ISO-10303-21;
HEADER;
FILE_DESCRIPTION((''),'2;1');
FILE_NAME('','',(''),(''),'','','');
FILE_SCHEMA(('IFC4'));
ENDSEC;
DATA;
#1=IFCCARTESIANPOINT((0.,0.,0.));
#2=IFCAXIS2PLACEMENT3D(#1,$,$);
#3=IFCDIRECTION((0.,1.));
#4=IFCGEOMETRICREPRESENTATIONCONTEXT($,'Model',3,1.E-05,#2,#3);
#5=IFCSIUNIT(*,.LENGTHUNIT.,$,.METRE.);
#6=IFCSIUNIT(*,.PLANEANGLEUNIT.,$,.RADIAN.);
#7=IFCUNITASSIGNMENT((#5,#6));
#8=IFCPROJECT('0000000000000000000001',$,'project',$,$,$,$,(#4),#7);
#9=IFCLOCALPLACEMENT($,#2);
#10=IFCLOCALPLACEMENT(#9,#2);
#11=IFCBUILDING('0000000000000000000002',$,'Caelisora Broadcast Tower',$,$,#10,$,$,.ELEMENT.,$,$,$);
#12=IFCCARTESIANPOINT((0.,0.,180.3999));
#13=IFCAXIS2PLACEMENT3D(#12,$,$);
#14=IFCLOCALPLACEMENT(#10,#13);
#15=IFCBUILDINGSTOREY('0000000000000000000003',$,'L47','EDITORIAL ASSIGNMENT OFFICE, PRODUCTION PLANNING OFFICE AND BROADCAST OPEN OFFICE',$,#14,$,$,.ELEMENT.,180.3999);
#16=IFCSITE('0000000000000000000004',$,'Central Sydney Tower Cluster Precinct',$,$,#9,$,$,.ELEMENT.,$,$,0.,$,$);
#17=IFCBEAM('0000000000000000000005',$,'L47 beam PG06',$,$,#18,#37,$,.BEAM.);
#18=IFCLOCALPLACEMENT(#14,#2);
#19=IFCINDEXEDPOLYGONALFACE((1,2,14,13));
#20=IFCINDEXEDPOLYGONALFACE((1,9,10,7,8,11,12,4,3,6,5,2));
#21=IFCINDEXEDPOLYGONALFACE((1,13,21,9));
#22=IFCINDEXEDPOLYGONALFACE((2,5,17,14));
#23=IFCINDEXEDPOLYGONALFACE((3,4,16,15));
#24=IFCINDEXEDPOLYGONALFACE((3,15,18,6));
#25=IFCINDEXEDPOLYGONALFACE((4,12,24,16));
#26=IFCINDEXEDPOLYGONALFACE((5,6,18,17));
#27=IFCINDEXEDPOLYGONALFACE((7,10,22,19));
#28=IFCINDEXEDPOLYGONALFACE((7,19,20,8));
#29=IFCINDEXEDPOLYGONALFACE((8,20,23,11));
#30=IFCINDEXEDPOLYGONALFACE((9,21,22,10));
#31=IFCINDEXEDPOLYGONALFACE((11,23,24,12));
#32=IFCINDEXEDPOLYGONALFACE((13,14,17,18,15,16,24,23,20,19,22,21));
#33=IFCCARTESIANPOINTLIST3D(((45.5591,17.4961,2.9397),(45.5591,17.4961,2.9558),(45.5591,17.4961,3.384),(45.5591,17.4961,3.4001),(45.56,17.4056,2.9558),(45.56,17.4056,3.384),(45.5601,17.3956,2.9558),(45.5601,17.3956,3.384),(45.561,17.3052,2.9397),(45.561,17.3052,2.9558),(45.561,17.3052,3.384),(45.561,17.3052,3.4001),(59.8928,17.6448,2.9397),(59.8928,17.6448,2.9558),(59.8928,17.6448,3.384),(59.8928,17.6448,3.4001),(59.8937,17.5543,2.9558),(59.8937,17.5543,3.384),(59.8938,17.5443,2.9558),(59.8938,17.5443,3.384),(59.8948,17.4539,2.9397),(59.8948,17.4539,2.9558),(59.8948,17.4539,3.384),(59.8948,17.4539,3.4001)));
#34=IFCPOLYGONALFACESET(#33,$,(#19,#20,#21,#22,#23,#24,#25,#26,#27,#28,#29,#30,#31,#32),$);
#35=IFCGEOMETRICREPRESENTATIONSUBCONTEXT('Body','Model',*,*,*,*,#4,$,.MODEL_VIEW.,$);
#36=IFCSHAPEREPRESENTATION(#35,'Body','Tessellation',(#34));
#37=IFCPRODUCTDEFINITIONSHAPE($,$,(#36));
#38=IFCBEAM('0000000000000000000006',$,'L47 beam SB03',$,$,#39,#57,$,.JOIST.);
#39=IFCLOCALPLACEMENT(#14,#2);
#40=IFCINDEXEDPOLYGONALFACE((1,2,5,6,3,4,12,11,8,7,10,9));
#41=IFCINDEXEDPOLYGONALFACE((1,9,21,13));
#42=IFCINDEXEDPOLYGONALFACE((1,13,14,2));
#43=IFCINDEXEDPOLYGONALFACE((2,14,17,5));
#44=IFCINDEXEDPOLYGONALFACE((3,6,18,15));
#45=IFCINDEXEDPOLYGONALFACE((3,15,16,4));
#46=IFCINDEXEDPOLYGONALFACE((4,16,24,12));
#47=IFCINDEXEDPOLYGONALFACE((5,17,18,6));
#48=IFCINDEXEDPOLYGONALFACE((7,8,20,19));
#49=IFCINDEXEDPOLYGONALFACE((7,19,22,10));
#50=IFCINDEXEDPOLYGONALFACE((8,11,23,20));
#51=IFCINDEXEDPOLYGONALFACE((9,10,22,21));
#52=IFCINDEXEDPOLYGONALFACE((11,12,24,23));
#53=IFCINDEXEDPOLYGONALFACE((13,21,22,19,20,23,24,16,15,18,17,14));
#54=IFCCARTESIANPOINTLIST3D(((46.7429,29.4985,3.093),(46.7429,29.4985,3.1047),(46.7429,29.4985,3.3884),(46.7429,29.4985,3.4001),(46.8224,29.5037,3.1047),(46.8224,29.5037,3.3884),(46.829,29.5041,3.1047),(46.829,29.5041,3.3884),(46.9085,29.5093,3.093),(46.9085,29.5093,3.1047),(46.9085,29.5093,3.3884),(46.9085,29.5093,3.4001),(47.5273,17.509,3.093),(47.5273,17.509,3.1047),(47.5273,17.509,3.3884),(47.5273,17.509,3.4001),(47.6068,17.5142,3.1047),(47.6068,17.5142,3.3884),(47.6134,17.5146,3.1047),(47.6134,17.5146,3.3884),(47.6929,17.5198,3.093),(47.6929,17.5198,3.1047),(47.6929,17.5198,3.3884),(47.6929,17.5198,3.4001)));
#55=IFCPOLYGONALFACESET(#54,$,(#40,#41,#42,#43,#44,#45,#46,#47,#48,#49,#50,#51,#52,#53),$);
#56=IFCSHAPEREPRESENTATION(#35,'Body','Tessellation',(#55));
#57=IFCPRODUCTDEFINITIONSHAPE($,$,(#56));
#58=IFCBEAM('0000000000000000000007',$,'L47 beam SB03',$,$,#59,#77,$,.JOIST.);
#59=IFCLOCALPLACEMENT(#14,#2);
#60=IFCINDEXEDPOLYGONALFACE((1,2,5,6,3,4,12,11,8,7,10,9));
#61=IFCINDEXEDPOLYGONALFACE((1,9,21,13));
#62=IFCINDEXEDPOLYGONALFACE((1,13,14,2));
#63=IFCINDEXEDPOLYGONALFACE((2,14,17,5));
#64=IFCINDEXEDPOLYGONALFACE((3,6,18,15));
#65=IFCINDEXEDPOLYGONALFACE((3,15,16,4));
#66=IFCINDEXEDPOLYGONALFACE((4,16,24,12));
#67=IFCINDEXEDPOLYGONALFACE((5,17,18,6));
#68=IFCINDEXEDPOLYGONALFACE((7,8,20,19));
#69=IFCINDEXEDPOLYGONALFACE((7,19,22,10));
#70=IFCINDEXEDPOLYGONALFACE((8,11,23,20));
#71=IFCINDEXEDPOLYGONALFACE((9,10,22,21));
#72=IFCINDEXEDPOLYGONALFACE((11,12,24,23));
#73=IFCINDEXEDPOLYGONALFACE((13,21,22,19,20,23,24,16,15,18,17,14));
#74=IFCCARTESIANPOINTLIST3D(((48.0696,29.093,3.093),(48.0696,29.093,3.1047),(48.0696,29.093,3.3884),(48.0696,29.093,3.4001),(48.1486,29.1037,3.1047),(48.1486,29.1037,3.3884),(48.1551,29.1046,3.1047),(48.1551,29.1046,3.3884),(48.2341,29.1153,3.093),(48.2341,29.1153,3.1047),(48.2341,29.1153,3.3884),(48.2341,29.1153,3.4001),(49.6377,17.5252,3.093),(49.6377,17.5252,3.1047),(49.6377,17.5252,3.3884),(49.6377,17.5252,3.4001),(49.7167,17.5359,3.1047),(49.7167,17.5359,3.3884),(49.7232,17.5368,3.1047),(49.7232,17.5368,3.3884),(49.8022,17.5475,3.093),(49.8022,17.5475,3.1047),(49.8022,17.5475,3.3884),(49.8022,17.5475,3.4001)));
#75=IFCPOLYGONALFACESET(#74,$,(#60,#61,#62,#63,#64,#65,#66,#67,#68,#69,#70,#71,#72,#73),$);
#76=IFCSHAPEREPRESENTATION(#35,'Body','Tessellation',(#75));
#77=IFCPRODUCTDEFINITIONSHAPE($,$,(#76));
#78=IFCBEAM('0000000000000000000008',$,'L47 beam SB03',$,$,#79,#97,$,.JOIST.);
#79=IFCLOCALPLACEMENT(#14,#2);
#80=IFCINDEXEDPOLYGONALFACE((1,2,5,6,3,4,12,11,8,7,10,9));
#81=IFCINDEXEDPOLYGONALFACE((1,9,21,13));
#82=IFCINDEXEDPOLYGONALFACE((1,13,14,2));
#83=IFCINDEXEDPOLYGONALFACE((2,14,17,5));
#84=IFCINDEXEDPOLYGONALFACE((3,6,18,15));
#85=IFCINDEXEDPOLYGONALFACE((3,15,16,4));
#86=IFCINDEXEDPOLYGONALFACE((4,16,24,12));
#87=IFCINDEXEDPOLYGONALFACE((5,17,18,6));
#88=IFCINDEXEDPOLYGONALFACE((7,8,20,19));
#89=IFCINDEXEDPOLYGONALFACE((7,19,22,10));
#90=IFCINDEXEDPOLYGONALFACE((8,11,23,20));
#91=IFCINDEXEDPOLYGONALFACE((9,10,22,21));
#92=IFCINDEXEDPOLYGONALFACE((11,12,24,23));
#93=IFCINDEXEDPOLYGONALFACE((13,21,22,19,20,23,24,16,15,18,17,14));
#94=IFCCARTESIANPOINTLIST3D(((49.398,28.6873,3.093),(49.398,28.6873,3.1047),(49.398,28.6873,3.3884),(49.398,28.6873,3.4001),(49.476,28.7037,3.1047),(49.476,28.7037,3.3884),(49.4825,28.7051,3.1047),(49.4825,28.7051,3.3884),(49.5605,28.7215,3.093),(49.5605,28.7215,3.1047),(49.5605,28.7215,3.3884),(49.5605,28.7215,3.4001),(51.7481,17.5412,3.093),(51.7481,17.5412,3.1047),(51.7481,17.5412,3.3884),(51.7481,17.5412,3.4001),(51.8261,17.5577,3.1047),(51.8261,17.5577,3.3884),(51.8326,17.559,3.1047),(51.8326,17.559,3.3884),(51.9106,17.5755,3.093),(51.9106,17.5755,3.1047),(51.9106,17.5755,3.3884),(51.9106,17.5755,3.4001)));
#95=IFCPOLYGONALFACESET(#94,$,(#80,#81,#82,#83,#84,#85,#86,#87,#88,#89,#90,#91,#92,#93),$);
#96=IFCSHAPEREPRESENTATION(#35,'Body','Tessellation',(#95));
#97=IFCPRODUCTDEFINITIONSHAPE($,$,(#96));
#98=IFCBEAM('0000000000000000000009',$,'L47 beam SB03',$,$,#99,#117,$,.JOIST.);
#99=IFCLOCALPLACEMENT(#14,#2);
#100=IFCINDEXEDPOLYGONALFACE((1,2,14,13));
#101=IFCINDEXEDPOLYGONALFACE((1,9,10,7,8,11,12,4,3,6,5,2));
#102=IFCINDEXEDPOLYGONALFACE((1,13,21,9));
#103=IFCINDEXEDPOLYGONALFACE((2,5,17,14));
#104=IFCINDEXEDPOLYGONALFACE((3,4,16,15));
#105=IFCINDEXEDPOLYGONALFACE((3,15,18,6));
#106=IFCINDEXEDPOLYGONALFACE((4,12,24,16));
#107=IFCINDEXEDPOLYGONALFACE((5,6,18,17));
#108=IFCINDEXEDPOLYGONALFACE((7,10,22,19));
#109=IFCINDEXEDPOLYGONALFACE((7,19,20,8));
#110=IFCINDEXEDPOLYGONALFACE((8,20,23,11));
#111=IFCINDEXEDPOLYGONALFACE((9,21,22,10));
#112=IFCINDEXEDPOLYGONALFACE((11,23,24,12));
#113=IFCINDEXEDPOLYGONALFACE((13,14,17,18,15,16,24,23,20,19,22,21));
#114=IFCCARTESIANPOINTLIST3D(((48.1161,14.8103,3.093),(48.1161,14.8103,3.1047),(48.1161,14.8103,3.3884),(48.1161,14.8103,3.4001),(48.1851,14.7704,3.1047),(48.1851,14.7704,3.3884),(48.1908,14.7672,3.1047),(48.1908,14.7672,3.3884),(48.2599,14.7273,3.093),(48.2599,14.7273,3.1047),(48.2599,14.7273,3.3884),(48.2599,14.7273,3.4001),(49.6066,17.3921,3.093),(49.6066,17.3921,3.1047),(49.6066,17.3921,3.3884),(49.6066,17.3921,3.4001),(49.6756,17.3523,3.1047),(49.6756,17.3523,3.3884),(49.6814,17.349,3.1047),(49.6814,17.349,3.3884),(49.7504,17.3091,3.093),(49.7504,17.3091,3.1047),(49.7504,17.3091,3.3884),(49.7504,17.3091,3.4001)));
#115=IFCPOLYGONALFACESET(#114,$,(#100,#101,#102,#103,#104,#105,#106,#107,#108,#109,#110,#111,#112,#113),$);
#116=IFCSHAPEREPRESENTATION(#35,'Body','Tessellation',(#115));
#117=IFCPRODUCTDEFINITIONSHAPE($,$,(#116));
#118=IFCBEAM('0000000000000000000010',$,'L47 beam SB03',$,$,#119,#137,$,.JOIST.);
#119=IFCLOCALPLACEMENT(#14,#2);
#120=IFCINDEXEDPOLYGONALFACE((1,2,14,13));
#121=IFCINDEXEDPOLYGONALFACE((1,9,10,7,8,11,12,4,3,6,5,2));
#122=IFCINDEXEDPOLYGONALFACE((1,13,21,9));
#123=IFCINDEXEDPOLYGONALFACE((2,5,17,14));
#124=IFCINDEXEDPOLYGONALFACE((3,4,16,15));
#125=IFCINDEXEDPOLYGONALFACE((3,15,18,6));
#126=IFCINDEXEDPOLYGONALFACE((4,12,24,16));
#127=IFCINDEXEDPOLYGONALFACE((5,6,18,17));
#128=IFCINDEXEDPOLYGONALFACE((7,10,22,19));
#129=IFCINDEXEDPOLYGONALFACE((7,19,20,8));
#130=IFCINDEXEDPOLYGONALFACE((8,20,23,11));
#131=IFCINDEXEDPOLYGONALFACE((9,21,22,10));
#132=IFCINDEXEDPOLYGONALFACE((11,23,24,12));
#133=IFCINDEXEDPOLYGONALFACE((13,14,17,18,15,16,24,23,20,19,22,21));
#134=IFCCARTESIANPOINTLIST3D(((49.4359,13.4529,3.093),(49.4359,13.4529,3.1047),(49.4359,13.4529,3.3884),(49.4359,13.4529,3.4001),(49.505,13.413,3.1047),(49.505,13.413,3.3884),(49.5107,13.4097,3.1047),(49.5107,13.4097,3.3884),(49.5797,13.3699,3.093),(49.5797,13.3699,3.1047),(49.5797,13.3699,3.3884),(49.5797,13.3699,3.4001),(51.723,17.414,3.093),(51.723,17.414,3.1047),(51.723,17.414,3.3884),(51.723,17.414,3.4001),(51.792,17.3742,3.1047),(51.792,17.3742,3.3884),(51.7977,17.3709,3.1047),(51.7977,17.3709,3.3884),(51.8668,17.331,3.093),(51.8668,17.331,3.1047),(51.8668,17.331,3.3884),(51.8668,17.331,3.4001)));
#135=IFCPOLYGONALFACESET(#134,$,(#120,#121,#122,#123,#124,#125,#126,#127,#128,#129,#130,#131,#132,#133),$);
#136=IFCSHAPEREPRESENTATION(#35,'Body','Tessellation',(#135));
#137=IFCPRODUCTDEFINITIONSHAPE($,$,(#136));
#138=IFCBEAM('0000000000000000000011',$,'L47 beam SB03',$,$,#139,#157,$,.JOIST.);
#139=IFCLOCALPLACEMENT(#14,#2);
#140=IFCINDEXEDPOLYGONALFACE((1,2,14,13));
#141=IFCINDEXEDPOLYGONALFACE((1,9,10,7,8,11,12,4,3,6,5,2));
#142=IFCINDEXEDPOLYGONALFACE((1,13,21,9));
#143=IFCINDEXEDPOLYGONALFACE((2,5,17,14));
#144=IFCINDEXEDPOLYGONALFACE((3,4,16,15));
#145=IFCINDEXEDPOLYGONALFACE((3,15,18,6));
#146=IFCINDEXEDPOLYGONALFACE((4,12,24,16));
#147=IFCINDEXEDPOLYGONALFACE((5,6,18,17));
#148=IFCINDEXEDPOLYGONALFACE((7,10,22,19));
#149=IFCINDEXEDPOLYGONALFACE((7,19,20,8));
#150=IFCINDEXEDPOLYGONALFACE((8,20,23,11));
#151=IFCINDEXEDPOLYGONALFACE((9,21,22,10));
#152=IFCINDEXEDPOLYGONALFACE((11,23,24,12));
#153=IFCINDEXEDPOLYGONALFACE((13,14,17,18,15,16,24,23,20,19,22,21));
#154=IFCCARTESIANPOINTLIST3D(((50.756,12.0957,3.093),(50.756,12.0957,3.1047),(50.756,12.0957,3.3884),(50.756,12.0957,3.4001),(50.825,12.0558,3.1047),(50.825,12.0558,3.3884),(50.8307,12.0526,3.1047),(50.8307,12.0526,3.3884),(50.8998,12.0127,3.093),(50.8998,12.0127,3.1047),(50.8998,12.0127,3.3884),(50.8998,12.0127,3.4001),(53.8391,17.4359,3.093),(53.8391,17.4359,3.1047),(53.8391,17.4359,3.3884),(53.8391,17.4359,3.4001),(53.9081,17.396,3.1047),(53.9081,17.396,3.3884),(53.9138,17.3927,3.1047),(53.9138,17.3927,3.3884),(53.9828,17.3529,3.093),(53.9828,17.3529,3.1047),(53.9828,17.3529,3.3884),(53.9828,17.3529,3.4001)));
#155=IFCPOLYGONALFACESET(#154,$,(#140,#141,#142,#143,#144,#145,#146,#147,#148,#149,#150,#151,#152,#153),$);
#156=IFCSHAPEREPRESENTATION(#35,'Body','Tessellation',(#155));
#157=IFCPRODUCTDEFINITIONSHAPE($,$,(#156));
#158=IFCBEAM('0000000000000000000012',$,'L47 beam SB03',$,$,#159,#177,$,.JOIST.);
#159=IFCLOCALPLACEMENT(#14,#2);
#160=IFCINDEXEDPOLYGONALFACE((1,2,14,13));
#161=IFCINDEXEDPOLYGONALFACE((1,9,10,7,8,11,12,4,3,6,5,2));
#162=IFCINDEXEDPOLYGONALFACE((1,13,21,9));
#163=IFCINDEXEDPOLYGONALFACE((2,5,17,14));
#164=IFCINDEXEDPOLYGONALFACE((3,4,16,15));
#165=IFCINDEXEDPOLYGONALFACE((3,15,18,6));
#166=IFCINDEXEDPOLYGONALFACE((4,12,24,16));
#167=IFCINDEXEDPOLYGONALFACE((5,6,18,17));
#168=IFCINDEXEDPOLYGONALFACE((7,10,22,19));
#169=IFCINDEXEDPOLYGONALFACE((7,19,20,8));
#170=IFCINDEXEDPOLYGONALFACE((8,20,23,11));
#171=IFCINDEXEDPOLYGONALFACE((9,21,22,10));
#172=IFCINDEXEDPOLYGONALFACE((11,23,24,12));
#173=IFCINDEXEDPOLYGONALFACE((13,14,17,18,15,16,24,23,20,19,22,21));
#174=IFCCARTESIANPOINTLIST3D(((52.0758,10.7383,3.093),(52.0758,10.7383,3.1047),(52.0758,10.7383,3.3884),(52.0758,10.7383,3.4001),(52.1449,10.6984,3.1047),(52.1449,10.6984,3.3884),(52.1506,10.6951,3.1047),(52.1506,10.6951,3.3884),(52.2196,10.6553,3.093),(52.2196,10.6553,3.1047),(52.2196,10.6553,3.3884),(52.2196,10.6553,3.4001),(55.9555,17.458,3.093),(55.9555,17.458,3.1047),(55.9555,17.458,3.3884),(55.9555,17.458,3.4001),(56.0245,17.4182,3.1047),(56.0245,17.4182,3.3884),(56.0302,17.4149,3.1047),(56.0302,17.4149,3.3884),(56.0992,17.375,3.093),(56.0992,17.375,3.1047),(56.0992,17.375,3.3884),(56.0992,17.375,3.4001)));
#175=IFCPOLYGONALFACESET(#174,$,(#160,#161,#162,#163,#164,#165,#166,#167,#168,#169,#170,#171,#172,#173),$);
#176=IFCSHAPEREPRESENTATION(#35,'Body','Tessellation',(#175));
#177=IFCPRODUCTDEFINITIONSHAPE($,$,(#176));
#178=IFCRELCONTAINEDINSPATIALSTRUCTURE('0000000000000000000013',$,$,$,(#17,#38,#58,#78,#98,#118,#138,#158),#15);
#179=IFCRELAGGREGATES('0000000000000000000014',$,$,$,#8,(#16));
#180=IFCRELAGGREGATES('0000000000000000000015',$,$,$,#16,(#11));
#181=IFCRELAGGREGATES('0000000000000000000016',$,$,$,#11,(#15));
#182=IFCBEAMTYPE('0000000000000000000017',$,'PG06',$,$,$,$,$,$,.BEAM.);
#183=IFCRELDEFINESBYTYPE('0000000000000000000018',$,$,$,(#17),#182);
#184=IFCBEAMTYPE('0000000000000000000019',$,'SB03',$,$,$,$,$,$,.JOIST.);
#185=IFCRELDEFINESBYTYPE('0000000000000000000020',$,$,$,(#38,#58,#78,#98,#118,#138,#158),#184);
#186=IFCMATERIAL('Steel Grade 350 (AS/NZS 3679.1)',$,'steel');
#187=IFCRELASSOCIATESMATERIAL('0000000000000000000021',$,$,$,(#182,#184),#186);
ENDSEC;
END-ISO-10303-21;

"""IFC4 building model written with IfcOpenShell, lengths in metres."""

from ifc_helpers import new_model, si_unit, direction, frame, origin, origin_2d, place, context, subcontext, project, spatial, i_section, extrude, source, transform, mapped, material, material_profile, profile_set, type_object, type_shapes, element, save


model = new_model("IFC4")

# Units and contexts
model_context = context("Model", 3, precision=1e-05, world=origin(), true_north=direction((0.0, 1.0)))
body_context = subcontext(model_context, "Body", "Model", "MODEL_VIEW")
ifc_project = project(units=[si_unit("LENGTHUNIT", "METRE"), si_unit("PLANEANGLEUNIT", "RADIAN")], contexts=[model_context])

# Site, building, storey
site_placement = place(None, origin())
site = spatial("IfcSite", under=ifc_project, at=site_placement, Name="Central Sydney Tower Cluster Precinct", CompositionType="ELEMENT", RefElevation=0.0)
building_placement = place(site_placement, origin())
building = spatial("IfcBuilding", under=site, at=building_placement, Name="Caelisora Broadcast Tower", CompositionType="ELEMENT")
storey_placement = place(building_placement, frame((0.0, 0.0, 180.3999)))
storey = spatial("IfcBuildingStorey", under=building, at=storey_placement, Name="L47", Description="EDITORIAL ASSIGNMENT OFFICE, PRODUCTION PLANNING OFFICE AND BROADCAST OPEN OFFICE", CompositionType="ELEMENT", Elevation=180.3999)

# Beams
ifc_material_1 = material(Name="Steel Grade 350 (AS/NZS 3679.1)", Category="steel")
ifc_material_profile_1 = material_profile(ifc_material_1, i_section(OverallWidth=0.1909, OverallDepth=0.4604, WebThickness=0.01, FlangeThickness=0.0161, at=origin_2d()), Name="Steel Grade 350 (AS/NZS 3679.1)")
ifc_profile_set_1 = profile_set([ifc_material_profile_1], Name="Steel Grade 350 (AS/NZS 3679.1)")
beam_type_1 = type_object("IfcBeamType", Name="PG06", PredefinedType="BEAM", material=ifc_profile_set_1)
shared_shape_1 = source(origin(), body_context, "Body", "SweptSolid", [
    extrude(i_section(OverallWidth=0.1909, OverallDepth=0.4604, WebThickness=0.01, FlangeThickness=0.0161, at=origin_2d()), origin(), (0.0, 0.0, 1.0), 14.3345),
])
type_shapes(beam_type_1, [shared_shape_1])
beam_1_placement = place(storey_placement, frame((45.5601, 17.4006, 3.1699), z_axis=(0.999946, 0.010372, 0.0), x_axis=(-0.010372, 0.999946, 0.0)))
element("IfcBeam", 1, at=beam_1_placement, inside=storey, type_object=beam_type_1, Name="L47 beam PG06", PredefinedType="BEAM", context=body_context, shape_type="MappedRepresentation", body=[
    mapped(shared_shape_1, transform((0.0, 0.0, 0.0), scale=1.0)),
])
ifc_material_profile_2 = material_profile(ifc_material_1, i_section(OverallWidth=0.166, OverallDepth=0.3071, WebThickness=0.0066, FlangeThickness=0.0117, at=origin_2d()), Name="Steel Grade 350 (AS/NZS 3679.1)")
ifc_profile_set_2 = profile_set([ifc_material_profile_2], Name="Steel Grade 350 (AS/NZS 3679.1)")
beam_type_2 = type_object("IfcBeamType", Name="SB03", PredefinedType="JOIST", material=ifc_profile_set_2)
shared_shape_2 = source(origin(), body_context, "Body", "SweptSolid", [
    extrude(i_section(OverallWidth=0.166, OverallDepth=0.3071, WebThickness=0.0066, FlangeThickness=0.0117, at=origin_2d()), origin(), (0.0, 0.0, 1.0), 12.0151),
])
beam_2_placement = place(storey_placement, frame((47.6101, 17.5144, 3.2466), z_axis=(-0.065286, 0.997867, 0.0), x_axis=(-0.997867, -0.065286, 0.0)))
element("IfcBeam", 2, at=beam_2_placement, inside=storey, type_object=beam_type_2, Name="L47 beam SB03", PredefinedType="JOIST", context=body_context, shape_type="MappedRepresentation", body=[
    mapped(shared_shape_2, transform((0.0, 0.0, 0.0), scale=1.0)),
])
shared_shape_3 = source(origin(), body_context, "Body", "SweptSolid", [
    extrude(i_section(OverallWidth=0.166, OverallDepth=0.3071, WebThickness=0.0066, FlangeThickness=0.0117, at=origin_2d()), origin(), (0.0, 0.0, 1.0), 11.6736),
])
beam_3_placement = place(storey_placement, frame((49.72, 17.5364, 3.2466), z_axis=(-0.134329, 0.990937, 0.0), x_axis=(-0.990937, -0.134329, 0.0)))
element("IfcBeam", 3, at=beam_3_placement, inside=storey, type_object=beam_type_2, Name="L47 beam SB03", PredefinedType="JOIST", context=body_context, shape_type="MappedRepresentation", body=[
    mapped(shared_shape_3, transform((0.0, 0.0, 0.0), scale=1.0)),
])
shared_shape_4 = source(origin(), body_context, "Body", "SweptSolid", [
    extrude(i_section(OverallWidth=0.166, OverallDepth=0.3071, WebThickness=0.0066, FlangeThickness=0.0117, at=origin_2d()), origin(), (0.0, 0.0, 1.0), 11.3911),
])
beam_4_placement = place(storey_placement, frame((51.8293, 17.5583, 3.2466), z_axis=(-0.206311, 0.978487, 0.0), x_axis=(-0.978487, -0.206311, 0.0)))
element("IfcBeam", 4, at=beam_4_placement, inside=storey, type_object=beam_type_2, Name="L47 beam SB03", PredefinedType="JOIST", context=body_context, shape_type="MappedRepresentation", body=[
    mapped(shared_shape_4, transform((0.0, 0.0, 0.0), scale=1.0)),
])
shared_shape_5 = source(origin(), body_context, "Body", "SweptSolid", [
    extrude(i_section(OverallWidth=0.166, OverallDepth=0.3071, WebThickness=0.0066, FlangeThickness=0.0117, at=origin_2d()), origin(), (0.0, 0.0, 1.0), 2.9812),
])
beam_5_placement = place(storey_placement, frame((48.188, 14.7688, 3.2466), z_axis=(0.499971, 0.866042, 0.0), x_axis=(-0.866042, 0.499971, 0.0)))
element("IfcBeam", 5, at=beam_5_placement, inside=storey, type_object=beam_type_2, Name="L47 beam SB03", PredefinedType="JOIST", context=body_context, shape_type="MappedRepresentation", body=[
    mapped(shared_shape_5, transform((0.0, 0.0, 0.0), scale=1.0)),
])
shared_shape_6 = source(origin(), body_context, "Body", "SweptSolid", [
    extrude(i_section(OverallWidth=0.166, OverallDepth=0.3071, WebThickness=0.0066, FlangeThickness=0.0117, at=origin_2d()), origin(), (0.0, 0.0, 1.0), 4.574),
])
beam_6_placement = place(storey_placement, frame((49.5078, 13.4114, 3.2466), z_axis=(0.50002, 0.866014, 0.0), x_axis=(-0.866014, 0.50002, 0.0)))
element("IfcBeam", 6, at=beam_6_placement, inside=storey, type_object=beam_type_2, Name="L47 beam SB03", PredefinedType="JOIST", context=body_context, shape_type="MappedRepresentation", body=[
    mapped(shared_shape_6, transform((0.0, 0.0, 0.0), scale=1.0)),
])
shared_shape_7 = source(origin(), body_context, "Body", "SweptSolid", [
    extrude(i_section(OverallWidth=0.166, OverallDepth=0.3071, WebThickness=0.0066, FlangeThickness=0.0117, at=origin_2d()), origin(), (0.0, 0.0, 1.0), 6.1663),
])
beam_7_placement = place(storey_placement, frame((50.8279, 12.0542, 3.2466), z_axis=(0.499989, 0.866032, 0.0), x_axis=(-0.866032, 0.499989, 0.0)))
element("IfcBeam", 7, at=beam_7_placement, inside=storey, type_object=beam_type_2, Name="L47 beam SB03", PredefinedType="JOIST", context=body_context, shape_type="MappedRepresentation", body=[
    mapped(shared_shape_7, transform((0.0, 0.0, 0.0), scale=1.0)),
])
shared_shape_8 = source(origin(), body_context, "Body", "SweptSolid", [
    extrude(i_section(OverallWidth=0.166, OverallDepth=0.3071, WebThickness=0.0066, FlangeThickness=0.0117, at=origin_2d()), origin(), (0.0, 0.0, 1.0), 7.7593),
])
type_shapes(beam_type_2, [shared_shape_2, shared_shape_3, shared_shape_4, shared_shape_5, shared_shape_6, shared_shape_7, shared_shape_8])
beam_8_placement = place(storey_placement, frame((52.1477, 10.6968, 3.2466), z_axis=(0.5, 0.866025, 0.0), x_axis=(-0.866025, 0.5, 0.0)))
element("IfcBeam", 8, at=beam_8_placement, inside=storey, type_object=beam_type_2, Name="L47 beam SB03", PredefinedType="JOIST", context=body_context, shape_type="MappedRepresentation", body=[
    mapped(shared_shape_8, transform((0.0, 0.0, 0.0), scale=1.0)),
])

save(model, "model.ifc")
